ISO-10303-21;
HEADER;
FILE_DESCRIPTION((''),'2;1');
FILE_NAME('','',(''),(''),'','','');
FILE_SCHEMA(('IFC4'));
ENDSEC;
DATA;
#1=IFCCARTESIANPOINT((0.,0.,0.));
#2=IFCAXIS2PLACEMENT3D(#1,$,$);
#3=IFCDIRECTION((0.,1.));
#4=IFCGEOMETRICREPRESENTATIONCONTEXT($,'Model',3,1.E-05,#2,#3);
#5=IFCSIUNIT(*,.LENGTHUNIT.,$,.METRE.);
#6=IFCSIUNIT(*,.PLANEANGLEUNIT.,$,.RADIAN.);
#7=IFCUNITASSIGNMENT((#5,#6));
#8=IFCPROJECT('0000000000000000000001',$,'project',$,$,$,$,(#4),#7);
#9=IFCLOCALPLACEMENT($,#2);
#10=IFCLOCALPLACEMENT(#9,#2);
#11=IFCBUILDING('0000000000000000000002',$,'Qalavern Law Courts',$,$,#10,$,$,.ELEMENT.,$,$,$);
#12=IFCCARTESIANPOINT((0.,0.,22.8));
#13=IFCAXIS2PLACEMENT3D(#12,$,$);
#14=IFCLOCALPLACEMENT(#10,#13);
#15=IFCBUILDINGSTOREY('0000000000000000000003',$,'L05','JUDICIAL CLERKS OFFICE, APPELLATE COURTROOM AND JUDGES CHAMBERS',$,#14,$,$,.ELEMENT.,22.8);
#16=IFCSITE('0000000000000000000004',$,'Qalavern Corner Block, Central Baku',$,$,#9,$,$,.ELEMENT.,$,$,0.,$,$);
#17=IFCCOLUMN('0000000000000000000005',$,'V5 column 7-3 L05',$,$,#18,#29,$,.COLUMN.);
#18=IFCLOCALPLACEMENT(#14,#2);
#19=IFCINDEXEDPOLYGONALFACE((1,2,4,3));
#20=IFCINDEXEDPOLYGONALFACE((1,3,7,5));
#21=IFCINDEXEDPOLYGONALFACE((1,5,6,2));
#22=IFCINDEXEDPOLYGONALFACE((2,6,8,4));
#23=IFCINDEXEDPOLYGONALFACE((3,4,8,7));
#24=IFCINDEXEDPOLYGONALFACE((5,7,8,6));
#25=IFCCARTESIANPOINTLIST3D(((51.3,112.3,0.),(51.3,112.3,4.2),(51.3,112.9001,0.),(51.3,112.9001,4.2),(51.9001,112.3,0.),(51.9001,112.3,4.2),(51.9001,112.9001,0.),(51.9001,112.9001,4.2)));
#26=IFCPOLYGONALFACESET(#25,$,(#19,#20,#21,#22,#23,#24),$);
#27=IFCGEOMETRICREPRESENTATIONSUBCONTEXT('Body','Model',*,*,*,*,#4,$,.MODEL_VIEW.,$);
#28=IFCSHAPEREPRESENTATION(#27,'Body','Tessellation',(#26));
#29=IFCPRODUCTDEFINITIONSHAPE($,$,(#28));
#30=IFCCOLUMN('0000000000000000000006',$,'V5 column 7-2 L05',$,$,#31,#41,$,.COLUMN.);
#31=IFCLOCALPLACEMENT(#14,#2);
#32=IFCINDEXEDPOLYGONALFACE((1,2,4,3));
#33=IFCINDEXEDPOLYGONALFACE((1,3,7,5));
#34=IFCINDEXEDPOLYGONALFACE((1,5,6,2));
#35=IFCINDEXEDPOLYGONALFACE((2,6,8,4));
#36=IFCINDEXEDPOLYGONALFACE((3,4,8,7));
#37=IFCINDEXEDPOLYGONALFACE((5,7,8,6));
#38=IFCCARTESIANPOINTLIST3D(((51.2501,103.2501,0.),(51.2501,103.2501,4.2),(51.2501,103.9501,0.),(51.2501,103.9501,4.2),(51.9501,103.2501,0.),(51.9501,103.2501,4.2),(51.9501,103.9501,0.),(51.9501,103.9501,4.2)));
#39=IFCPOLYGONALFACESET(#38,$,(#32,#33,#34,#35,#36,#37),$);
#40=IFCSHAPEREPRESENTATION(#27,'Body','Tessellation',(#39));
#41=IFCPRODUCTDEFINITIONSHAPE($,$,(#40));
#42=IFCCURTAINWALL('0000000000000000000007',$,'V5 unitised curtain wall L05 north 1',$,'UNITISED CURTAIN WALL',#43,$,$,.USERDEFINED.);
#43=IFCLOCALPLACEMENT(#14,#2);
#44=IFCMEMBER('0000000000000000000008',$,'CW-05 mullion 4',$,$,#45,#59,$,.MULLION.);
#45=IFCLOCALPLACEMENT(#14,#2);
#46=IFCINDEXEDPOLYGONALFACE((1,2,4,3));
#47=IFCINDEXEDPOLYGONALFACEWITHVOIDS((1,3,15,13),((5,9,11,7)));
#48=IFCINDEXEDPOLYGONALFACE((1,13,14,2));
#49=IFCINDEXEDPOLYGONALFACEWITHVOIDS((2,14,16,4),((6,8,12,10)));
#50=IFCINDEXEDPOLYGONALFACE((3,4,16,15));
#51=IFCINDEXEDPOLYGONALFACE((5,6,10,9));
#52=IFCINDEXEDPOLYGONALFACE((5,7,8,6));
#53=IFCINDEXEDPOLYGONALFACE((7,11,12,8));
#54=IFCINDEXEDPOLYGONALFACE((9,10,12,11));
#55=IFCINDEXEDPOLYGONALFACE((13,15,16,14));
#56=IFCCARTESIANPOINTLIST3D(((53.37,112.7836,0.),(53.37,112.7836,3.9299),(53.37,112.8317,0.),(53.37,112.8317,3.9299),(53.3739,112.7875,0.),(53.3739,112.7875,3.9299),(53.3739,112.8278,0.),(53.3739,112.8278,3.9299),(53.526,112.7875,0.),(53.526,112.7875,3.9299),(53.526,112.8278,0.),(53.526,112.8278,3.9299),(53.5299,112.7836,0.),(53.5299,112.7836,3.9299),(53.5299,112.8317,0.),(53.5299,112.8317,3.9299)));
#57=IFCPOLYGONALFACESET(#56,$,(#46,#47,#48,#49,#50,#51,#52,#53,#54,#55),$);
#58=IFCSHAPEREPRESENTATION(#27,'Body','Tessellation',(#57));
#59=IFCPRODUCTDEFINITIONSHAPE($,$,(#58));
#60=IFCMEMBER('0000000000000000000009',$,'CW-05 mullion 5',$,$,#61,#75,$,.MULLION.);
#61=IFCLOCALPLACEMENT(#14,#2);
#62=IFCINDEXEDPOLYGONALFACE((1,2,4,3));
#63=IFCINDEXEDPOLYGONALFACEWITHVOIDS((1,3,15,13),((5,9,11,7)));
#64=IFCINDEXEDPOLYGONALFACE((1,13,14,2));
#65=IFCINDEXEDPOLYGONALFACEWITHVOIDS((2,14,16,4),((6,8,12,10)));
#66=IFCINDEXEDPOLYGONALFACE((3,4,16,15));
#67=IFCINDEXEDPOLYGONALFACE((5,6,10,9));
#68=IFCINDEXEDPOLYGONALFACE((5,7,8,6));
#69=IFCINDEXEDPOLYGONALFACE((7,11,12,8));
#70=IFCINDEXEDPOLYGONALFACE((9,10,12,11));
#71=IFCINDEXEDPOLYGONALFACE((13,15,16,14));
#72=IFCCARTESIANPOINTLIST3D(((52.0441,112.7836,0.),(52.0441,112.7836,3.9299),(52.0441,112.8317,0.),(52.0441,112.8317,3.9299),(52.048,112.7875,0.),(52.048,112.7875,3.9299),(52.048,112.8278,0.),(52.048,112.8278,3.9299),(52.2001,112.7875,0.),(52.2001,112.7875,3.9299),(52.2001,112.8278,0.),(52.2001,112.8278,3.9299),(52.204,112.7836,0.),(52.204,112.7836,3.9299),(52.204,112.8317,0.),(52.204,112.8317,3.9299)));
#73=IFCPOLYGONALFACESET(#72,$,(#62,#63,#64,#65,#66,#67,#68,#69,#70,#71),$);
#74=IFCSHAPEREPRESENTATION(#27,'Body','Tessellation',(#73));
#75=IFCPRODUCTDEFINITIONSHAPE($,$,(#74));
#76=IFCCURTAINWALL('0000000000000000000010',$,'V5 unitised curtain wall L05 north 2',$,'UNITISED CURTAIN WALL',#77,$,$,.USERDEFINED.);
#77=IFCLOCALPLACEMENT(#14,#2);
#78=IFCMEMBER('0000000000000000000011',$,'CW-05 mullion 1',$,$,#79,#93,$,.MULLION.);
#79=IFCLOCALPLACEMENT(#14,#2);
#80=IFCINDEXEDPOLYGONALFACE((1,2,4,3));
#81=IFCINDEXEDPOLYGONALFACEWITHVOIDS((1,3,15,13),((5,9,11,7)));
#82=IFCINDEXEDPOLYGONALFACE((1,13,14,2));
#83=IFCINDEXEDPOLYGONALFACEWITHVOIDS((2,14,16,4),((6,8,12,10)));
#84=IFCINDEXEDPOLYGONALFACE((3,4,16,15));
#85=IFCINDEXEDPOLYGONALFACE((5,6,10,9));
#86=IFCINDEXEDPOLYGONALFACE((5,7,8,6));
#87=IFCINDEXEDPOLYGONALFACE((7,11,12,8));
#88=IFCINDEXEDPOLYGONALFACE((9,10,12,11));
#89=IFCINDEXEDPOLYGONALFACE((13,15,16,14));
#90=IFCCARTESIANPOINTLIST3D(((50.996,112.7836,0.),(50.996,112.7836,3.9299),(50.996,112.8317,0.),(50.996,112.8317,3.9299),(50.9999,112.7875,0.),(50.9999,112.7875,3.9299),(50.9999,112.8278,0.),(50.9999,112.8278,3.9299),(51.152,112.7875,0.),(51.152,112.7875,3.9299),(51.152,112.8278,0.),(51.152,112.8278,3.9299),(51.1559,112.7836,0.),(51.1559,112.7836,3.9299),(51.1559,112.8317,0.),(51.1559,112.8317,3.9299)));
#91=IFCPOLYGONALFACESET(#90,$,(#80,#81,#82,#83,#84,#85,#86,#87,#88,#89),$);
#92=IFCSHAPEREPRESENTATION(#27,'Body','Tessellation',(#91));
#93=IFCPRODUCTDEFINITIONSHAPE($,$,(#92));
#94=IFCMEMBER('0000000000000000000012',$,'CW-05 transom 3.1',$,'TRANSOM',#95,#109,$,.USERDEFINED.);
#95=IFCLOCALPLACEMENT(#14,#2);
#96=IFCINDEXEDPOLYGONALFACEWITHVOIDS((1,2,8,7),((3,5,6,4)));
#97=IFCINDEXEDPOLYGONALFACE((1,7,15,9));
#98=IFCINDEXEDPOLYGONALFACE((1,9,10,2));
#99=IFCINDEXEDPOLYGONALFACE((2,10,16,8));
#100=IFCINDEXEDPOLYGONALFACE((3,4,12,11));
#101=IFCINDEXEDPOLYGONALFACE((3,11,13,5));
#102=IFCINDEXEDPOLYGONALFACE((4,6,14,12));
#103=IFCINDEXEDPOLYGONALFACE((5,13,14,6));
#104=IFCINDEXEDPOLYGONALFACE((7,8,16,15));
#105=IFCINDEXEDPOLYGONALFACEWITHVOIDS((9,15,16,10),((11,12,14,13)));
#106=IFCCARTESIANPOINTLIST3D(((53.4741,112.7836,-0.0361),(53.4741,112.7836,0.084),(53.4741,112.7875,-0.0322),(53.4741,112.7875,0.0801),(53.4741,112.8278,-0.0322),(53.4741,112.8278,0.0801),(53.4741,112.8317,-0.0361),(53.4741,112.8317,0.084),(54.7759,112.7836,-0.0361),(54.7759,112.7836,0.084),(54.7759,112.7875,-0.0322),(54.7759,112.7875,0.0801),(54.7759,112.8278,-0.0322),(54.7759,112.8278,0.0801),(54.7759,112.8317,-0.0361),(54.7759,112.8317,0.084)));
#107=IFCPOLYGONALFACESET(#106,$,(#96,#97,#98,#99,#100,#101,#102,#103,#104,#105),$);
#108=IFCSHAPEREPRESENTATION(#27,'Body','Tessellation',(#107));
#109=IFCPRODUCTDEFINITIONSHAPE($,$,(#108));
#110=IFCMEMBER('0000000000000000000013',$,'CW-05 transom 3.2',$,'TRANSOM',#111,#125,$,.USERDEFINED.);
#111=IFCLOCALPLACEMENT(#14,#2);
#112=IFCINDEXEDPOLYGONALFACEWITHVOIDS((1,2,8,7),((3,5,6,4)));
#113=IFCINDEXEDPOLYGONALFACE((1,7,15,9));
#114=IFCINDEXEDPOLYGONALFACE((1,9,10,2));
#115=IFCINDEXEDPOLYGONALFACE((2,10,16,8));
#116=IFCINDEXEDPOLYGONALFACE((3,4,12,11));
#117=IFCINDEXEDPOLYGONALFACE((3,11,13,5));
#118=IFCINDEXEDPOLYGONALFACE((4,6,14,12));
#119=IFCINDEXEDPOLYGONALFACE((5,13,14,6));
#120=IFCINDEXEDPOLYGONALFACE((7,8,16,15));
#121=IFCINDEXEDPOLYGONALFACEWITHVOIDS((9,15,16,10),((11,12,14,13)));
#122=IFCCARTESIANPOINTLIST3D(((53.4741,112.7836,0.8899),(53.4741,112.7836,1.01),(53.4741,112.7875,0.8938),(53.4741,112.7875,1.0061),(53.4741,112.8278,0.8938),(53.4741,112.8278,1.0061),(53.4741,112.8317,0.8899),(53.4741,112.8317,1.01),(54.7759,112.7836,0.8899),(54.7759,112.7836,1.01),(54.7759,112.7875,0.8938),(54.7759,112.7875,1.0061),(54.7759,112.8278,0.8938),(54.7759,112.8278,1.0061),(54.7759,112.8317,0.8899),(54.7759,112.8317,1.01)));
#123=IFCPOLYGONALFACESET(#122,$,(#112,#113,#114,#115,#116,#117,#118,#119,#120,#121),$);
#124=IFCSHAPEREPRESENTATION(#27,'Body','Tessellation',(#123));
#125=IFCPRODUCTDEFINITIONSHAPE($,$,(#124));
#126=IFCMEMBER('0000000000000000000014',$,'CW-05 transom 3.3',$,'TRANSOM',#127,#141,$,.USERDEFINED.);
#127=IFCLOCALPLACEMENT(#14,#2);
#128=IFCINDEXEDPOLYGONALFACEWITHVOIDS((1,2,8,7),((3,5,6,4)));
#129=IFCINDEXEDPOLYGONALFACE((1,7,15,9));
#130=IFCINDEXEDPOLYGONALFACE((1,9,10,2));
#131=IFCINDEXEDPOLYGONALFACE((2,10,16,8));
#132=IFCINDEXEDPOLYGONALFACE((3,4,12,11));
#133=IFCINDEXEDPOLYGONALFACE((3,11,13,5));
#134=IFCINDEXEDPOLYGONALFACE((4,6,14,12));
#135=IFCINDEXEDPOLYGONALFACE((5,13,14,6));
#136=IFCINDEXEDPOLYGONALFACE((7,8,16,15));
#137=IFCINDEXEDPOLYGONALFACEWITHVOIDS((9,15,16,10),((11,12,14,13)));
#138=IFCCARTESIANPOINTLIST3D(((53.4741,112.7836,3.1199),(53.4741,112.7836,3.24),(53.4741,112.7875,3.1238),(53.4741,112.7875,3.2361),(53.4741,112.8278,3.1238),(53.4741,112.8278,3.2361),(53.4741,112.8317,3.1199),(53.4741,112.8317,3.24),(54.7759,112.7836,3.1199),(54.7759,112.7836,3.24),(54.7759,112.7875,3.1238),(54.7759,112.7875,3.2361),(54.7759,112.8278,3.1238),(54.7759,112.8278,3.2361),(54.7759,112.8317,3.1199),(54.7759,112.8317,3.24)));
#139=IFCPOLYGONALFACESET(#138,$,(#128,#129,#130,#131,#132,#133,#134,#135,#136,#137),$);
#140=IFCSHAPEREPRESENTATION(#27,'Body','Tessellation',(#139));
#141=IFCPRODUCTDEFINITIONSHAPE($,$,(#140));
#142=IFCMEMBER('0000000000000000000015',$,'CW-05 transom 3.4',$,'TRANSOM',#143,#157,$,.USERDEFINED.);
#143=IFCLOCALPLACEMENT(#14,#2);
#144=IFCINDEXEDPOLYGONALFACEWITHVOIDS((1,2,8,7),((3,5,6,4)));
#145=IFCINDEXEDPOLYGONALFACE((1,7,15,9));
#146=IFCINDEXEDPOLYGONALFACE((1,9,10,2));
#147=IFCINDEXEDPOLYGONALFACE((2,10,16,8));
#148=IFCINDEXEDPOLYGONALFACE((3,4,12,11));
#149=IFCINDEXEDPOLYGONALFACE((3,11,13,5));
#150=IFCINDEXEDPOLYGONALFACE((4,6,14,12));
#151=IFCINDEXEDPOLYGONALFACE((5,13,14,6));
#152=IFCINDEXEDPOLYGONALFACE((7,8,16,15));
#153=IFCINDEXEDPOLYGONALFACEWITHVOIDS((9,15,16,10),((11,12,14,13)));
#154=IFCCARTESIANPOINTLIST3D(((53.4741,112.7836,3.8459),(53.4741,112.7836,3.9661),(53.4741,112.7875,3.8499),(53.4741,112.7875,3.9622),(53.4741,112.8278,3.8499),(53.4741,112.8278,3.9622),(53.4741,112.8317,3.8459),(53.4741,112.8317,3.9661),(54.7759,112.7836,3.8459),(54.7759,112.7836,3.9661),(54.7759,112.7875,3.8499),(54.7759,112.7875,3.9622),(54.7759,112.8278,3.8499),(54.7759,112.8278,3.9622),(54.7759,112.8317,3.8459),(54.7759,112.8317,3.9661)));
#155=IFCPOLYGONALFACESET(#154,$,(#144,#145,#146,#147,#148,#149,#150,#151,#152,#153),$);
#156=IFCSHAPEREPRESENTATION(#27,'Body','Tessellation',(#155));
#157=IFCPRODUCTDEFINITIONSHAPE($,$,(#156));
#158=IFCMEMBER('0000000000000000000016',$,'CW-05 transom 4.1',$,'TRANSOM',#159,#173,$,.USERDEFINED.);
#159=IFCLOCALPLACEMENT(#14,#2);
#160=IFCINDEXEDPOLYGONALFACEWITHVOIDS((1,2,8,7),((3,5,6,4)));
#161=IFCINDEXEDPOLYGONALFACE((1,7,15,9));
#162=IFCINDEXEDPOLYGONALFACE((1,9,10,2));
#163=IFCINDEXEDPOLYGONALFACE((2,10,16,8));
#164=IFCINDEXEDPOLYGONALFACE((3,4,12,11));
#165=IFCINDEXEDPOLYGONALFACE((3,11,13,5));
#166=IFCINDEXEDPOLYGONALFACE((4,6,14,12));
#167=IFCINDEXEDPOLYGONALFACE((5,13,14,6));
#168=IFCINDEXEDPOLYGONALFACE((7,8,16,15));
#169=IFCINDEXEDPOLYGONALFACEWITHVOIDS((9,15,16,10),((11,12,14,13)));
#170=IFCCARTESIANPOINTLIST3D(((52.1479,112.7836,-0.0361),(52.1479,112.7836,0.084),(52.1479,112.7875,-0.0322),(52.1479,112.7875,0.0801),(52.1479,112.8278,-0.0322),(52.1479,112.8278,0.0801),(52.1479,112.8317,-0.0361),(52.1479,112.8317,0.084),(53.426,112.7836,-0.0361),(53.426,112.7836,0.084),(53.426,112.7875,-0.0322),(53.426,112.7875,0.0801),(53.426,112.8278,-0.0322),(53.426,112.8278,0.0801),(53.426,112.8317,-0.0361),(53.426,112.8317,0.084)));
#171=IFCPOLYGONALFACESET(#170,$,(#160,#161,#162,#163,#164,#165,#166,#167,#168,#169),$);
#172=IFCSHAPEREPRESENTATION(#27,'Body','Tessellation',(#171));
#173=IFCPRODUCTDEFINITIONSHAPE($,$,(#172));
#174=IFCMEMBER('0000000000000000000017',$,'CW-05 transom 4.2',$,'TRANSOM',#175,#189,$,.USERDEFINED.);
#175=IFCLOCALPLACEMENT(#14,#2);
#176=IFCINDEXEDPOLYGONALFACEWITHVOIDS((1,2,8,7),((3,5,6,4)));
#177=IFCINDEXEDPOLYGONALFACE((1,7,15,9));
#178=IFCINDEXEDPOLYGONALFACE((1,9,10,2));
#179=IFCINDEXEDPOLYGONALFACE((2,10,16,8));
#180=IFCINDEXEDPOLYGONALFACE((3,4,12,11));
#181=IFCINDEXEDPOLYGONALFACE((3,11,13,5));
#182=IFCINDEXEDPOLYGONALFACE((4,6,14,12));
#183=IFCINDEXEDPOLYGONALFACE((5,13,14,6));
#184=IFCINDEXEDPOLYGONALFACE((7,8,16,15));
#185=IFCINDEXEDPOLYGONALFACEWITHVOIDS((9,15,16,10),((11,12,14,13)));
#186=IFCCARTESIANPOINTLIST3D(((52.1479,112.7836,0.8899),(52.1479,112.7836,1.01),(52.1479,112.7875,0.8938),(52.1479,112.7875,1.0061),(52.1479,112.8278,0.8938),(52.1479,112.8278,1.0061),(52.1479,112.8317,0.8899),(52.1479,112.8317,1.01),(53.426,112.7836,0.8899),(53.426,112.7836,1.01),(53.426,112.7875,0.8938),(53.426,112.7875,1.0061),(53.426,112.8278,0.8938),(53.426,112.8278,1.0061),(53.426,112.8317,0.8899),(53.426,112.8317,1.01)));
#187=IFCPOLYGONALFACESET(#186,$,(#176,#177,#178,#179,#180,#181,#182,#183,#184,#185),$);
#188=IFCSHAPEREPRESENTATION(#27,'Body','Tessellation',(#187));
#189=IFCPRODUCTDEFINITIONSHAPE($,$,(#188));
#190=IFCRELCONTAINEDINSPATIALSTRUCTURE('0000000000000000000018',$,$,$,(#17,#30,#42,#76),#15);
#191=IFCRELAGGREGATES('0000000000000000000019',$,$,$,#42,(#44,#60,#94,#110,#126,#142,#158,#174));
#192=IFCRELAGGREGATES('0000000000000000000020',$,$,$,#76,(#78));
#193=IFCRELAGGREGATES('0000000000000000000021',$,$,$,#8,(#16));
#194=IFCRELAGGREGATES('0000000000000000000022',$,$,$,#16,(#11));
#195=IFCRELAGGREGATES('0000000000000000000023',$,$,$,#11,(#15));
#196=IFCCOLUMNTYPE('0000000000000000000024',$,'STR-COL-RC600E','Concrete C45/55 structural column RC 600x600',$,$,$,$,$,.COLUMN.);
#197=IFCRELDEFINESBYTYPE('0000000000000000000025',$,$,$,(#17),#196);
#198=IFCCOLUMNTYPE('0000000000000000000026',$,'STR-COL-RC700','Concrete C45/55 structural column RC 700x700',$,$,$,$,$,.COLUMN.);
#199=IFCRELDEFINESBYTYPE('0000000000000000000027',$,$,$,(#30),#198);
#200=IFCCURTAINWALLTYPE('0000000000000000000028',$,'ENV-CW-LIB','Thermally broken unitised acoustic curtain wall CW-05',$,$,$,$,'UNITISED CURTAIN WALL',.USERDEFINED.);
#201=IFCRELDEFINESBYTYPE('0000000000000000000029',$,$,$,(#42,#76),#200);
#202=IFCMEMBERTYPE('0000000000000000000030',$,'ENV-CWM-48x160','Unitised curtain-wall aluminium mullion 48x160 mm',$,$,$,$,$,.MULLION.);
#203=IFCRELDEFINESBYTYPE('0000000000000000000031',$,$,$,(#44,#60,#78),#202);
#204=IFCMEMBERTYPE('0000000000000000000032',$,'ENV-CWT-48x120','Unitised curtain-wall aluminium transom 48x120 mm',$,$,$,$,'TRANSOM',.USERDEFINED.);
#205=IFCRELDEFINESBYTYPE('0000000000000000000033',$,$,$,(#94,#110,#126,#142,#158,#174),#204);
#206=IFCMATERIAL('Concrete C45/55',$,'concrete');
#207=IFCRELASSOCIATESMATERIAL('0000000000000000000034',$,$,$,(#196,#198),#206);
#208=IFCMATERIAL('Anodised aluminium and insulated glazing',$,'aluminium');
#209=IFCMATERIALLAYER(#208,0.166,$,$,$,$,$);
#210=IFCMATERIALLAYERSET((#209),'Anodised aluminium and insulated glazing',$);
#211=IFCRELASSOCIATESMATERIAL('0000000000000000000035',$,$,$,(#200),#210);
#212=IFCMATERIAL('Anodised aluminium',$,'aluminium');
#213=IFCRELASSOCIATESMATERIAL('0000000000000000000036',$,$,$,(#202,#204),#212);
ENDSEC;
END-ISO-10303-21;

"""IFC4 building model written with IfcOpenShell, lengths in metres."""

from ifc_helpers import new_model, si_unit, direction, frame, origin, origin_2d, place, context, subcontext, project, spatial, rectangle, hollow_rectangle, extrude, material, layer, layer_set, material_profile, profile_set, type_object, element, aggregate, save


model = new_model("IFC4")

# Units and contexts
model_context = context("Model", 3, precision=1e-05, world=origin(), true_north=direction((0.0, 1.0)))
body_context = subcontext(model_context, "Body", "Model", "MODEL_VIEW")
ifc_project = project(units=[si_unit("LENGTHUNIT", "METRE"), si_unit("PLANEANGLEUNIT", "RADIAN")], contexts=[model_context])

# Site, building, storey
site_placement = place(None, origin())
site = spatial("IfcSite", under=ifc_project, at=site_placement, Name="Qalavern Corner Block, Central Baku", CompositionType="ELEMENT", RefElevation=0.0)
building_placement = place(site_placement, origin())
building = spatial("IfcBuilding", under=site, at=building_placement, Name="Qalavern Law Courts", CompositionType="ELEMENT")
storey_placement = place(building_placement, frame((0.0, 0.0, 22.8)))
storey = spatial("IfcBuildingStorey", under=building, at=storey_placement, Name="L05", Description="JUDICIAL CLERKS OFFICE, APPELLATE COURTROOM AND JUDGES CHAMBERS", CompositionType="ELEMENT", Elevation=22.8)

# Columns
ifc_material_1 = material(Name="Concrete C45/55", Category="concrete")
ifc_material_profile_1 = material_profile(ifc_material_1, rectangle(XDim=0.6001, YDim=0.6001, at=origin_2d()), Name="RC 600x600")
ifc_profile_set_1 = profile_set([ifc_material_profile_1], Name="Concrete C45/55")
column_type_1 = type_object("IfcColumnType", Name="STR-COL-RC600E", Description="Concrete C45/55 structural column RC 600x600", PredefinedType="COLUMN", material=ifc_profile_set_1)
column_1_placement = place(storey_placement, frame((51.6001, 112.6001, 0.0), z_axis=(0.0, 0.0, 1.0), x_axis=(1.0, 0.0, 0.0)))
element("IfcColumn", 1, at=column_1_placement, inside=storey, type_object=column_type_1, Name="V5 column 7-3 L05", PredefinedType="COLUMN", context=body_context, shape_type="SweptSolid", body=[
    extrude(rectangle(XDim=0.6001, YDim=0.6001, at=origin_2d()), origin(), (0.0, 0.0, 1.0), 4.2),
])
ifc_material_profile_2 = material_profile(ifc_material_1, rectangle(XDim=0.7, YDim=0.7, at=origin_2d()), Name="RC 700x700")
ifc_profile_set_2 = profile_set([ifc_material_profile_2], Name="Concrete C45/55")
column_type_2 = type_object("IfcColumnType", Name="STR-COL-RC700", Description="Concrete C45/55 structural column RC 700x700", PredefinedType="COLUMN", material=ifc_profile_set_2)
column_2_placement = place(storey_placement, frame((51.6001, 103.6001, 0.0), z_axis=(0.0, 0.0, 1.0), x_axis=(1.0, 0.0, 0.0)))
element("IfcColumn", 2, at=column_2_placement, inside=storey, type_object=column_type_2, Name="V5 column 7-2 L05", PredefinedType="COLUMN", context=body_context, shape_type="SweptSolid", body=[
    extrude(rectangle(XDim=0.7, YDim=0.7, at=origin_2d()), origin(), (0.0, 0.0, 1.0), 4.2),
])

# Curtain wall, members
ifc_material_2 = material(Name="Anodised aluminium and insulated glazing", Category="aluminium")
ifc_layer_1 = layer(ifc_material_2, 0.166)
ifc_layer_set_1 = layer_set([ifc_layer_1], Name="Anodised aluminium and insulated glazing")
curtain_wall_type = type_object("IfcCurtainWallType", Name="ENV-CW-LIB", Description="Thermally broken unitised acoustic curtain wall CW-05", ElementType="UNITISED CURTAIN WALL", PredefinedType="USERDEFINED", material=ifc_layer_set_1)
curtain_wall_1_placement = place(storey_placement, origin())
curtain_wall_1 = element("IfcCurtainWall", 3, at=curtain_wall_1_placement, inside=storey, type_object=curtain_wall_type, Name="V5 unitised curtain wall L05 north 1", ObjectType="UNITISED CURTAIN WALL", PredefinedType="USERDEFINED")
ifc_material_3 = material(Name="Anodised aluminium", Category="aluminium")
ifc_material_profile_3 = material_profile(ifc_material_3, hollow_rectangle(XDim=0.0481, YDim=0.1599, WallThickness=0.0039, at=origin_2d()), Name="ALU MULLION 48x160")
ifc_profile_set_3 = profile_set([ifc_material_profile_3], Name="Anodised aluminium")
member_type_1 = type_object("IfcMemberType", Name="ENV-CWM-48x160", Description="Unitised curtain-wall aluminium mullion 48x160 mm", PredefinedType="MULLION", material=ifc_profile_set_3)
member_1_placement = place(storey_placement, frame((53.45, 112.8076, 0.0), z_axis=(0.0, 0.0, 1.0), x_axis=(0.0, -1.0, 0.0)))
member_1 = element("IfcMember", 4, at=member_1_placement, type_object=member_type_1, Name="CW-05 mullion 4", PredefinedType="MULLION", context=body_context, shape_type="SweptSolid", body=[
    extrude(hollow_rectangle(XDim=0.0481, YDim=0.1599, WallThickness=0.0039, at=origin_2d()), origin(), (0.0, 0.0, 1.0), 3.9299),
])
member_2_placement = place(storey_placement, frame((52.124, 112.8076, 0.0), z_axis=(0.0, 0.0, 1.0), x_axis=(0.0, -1.0, 0.0)))
member_2 = element("IfcMember", 5, at=member_2_placement, type_object=member_type_1, Name="CW-05 mullion 5", PredefinedType="MULLION", context=body_context, shape_type="SweptSolid", body=[
    extrude(hollow_rectangle(XDim=0.0481, YDim=0.1599, WallThickness=0.0039, at=origin_2d()), origin(), (0.0, 0.0, 1.0), 3.9299),
])

# Curtain wall, member
curtain_wall_2_placement = place(storey_placement, origin())
curtain_wall_2 = element("IfcCurtainWall", 6, at=curtain_wall_2_placement, inside=storey, type_object=curtain_wall_type, Name="V5 unitised curtain wall L05 north 2", ObjectType="UNITISED CURTAIN WALL", PredefinedType="USERDEFINED")
member_3_placement = place(storey_placement, frame((51.0759, 112.8076, 0.0), z_axis=(0.0, 0.0, 1.0), x_axis=(0.0, -1.0, 0.0)))
member_3 = element("IfcMember", 7, at=member_3_placement, type_object=member_type_1, Name="CW-05 mullion 1", PredefinedType="MULLION", context=body_context, shape_type="SweptSolid", body=[
    extrude(hollow_rectangle(XDim=0.0481, YDim=0.1599, WallThickness=0.0039, at=origin_2d()), origin(), (0.0, 0.0, 1.0), 3.9299),
])

# Members
ifc_material_profile_4 = material_profile(ifc_material_3, hollow_rectangle(XDim=0.0481, YDim=0.1201, WallThickness=0.0039, at=origin_2d()), Name="ALU TRANSOM 48x120")
ifc_profile_set_4 = profile_set([ifc_material_profile_4], Name="Anodised aluminium")
member_type_2 = type_object("IfcMemberType", Name="ENV-CWT-48x120", Description="Unitised curtain-wall aluminium transom 48x120 mm", ElementType="TRANSOM", PredefinedType="USERDEFINED", material=ifc_profile_set_4)
member_4_placement = place(storey_placement, frame((54.7759, 112.8076, 0.0239), z_axis=(-1.0, 0.0, 0.0), x_axis=(0.0, -1.0, 0.0)))
member_4 = element("IfcMember", 8, at=member_4_placement, type_object=member_type_2, Name="CW-05 transom 3.1", ObjectType="TRANSOM", PredefinedType="USERDEFINED", context=body_context, shape_type="SweptSolid", body=[
    extrude(hollow_rectangle(XDim=0.0481, YDim=0.1201, WallThickness=0.0039, at=origin_2d()), origin(), (0.0, 0.0, 1.0), 1.3018),
])
member_5_placement = place(storey_placement, frame((54.7759, 112.8076, 0.95), z_axis=(-1.0, 0.0, 0.0), x_axis=(0.0, -1.0, 0.0)))
member_5 = element("IfcMember", 9, at=member_5_placement, type_object=member_type_2, Name="CW-05 transom 3.2", ObjectType="TRANSOM", PredefinedType="USERDEFINED", context=body_context, shape_type="SweptSolid", body=[
    extrude(hollow_rectangle(XDim=0.0481, YDim=0.1201, WallThickness=0.0039, at=origin_2d()), origin(), (0.0, 0.0, 1.0), 1.3018),
])
member_6_placement = place(storey_placement, frame((54.7759, 112.8076, 3.1799), z_axis=(-1.0, 0.0, 0.0), x_axis=(0.0, -1.0, 0.0)))
member_6 = element("IfcMember", 10, at=member_6_placement, type_object=member_type_2, Name="CW-05 transom 3.3", ObjectType="TRANSOM", PredefinedType="USERDEFINED", context=body_context, shape_type="SweptSolid", body=[
    extrude(hollow_rectangle(XDim=0.0481, YDim=0.1201, WallThickness=0.0039, at=origin_2d()), origin(), (0.0, 0.0, 1.0), 1.3018),
])
member_7_placement = place(storey_placement, frame((54.7759, 112.8076, 3.906), z_axis=(-1.0, 0.0, 0.0), x_axis=(0.0, -1.0, 0.0)))
member_7 = element("IfcMember", 11, at=member_7_placement, type_object=member_type_2, Name="CW-05 transom 3.4", ObjectType="TRANSOM", PredefinedType="USERDEFINED", context=body_context, shape_type="SweptSolid", body=[
    extrude(hollow_rectangle(XDim=0.0481, YDim=0.1201, WallThickness=0.0039, at=origin_2d()), origin(), (0.0, 0.0, 1.0), 1.3018),
])
member_8_placement = place(storey_placement, frame((53.426, 112.8076, 0.0239), z_axis=(-1.0, 0.0, 0.0), x_axis=(0.0, -1.0, 0.0)))
member_8 = element("IfcMember", 12, at=member_8_placement, type_object=member_type_2, Name="CW-05 transom 4.1", ObjectType="TRANSOM", PredefinedType="USERDEFINED", context=body_context, shape_type="SweptSolid", body=[
    extrude(hollow_rectangle(XDim=0.0481, YDim=0.1201, WallThickness=0.0039, at=origin_2d()), origin(), (0.0, 0.0, 1.0), 1.2781),
])
member_9_placement = place(storey_placement, frame((53.426, 112.8076, 0.95), z_axis=(-1.0, 0.0, 0.0), x_axis=(0.0, -1.0, 0.0)))
member_9 = element("IfcMember", 13, at=member_9_placement, type_object=member_type_2, Name="CW-05 transom 4.2", ObjectType="TRANSOM", PredefinedType="USERDEFINED", context=body_context, shape_type="SweptSolid", body=[
    extrude(hollow_rectangle(XDim=0.0481, YDim=0.1201, WallThickness=0.0039, at=origin_2d()), origin(), (0.0, 0.0, 1.0), 1.2781),
])

aggregate(curtain_wall_1, [member_1, member_2, member_4, member_5, member_6, member_7, member_8, member_9])
aggregate(curtain_wall_2, [member_3])

save(model, "model.ifc")
